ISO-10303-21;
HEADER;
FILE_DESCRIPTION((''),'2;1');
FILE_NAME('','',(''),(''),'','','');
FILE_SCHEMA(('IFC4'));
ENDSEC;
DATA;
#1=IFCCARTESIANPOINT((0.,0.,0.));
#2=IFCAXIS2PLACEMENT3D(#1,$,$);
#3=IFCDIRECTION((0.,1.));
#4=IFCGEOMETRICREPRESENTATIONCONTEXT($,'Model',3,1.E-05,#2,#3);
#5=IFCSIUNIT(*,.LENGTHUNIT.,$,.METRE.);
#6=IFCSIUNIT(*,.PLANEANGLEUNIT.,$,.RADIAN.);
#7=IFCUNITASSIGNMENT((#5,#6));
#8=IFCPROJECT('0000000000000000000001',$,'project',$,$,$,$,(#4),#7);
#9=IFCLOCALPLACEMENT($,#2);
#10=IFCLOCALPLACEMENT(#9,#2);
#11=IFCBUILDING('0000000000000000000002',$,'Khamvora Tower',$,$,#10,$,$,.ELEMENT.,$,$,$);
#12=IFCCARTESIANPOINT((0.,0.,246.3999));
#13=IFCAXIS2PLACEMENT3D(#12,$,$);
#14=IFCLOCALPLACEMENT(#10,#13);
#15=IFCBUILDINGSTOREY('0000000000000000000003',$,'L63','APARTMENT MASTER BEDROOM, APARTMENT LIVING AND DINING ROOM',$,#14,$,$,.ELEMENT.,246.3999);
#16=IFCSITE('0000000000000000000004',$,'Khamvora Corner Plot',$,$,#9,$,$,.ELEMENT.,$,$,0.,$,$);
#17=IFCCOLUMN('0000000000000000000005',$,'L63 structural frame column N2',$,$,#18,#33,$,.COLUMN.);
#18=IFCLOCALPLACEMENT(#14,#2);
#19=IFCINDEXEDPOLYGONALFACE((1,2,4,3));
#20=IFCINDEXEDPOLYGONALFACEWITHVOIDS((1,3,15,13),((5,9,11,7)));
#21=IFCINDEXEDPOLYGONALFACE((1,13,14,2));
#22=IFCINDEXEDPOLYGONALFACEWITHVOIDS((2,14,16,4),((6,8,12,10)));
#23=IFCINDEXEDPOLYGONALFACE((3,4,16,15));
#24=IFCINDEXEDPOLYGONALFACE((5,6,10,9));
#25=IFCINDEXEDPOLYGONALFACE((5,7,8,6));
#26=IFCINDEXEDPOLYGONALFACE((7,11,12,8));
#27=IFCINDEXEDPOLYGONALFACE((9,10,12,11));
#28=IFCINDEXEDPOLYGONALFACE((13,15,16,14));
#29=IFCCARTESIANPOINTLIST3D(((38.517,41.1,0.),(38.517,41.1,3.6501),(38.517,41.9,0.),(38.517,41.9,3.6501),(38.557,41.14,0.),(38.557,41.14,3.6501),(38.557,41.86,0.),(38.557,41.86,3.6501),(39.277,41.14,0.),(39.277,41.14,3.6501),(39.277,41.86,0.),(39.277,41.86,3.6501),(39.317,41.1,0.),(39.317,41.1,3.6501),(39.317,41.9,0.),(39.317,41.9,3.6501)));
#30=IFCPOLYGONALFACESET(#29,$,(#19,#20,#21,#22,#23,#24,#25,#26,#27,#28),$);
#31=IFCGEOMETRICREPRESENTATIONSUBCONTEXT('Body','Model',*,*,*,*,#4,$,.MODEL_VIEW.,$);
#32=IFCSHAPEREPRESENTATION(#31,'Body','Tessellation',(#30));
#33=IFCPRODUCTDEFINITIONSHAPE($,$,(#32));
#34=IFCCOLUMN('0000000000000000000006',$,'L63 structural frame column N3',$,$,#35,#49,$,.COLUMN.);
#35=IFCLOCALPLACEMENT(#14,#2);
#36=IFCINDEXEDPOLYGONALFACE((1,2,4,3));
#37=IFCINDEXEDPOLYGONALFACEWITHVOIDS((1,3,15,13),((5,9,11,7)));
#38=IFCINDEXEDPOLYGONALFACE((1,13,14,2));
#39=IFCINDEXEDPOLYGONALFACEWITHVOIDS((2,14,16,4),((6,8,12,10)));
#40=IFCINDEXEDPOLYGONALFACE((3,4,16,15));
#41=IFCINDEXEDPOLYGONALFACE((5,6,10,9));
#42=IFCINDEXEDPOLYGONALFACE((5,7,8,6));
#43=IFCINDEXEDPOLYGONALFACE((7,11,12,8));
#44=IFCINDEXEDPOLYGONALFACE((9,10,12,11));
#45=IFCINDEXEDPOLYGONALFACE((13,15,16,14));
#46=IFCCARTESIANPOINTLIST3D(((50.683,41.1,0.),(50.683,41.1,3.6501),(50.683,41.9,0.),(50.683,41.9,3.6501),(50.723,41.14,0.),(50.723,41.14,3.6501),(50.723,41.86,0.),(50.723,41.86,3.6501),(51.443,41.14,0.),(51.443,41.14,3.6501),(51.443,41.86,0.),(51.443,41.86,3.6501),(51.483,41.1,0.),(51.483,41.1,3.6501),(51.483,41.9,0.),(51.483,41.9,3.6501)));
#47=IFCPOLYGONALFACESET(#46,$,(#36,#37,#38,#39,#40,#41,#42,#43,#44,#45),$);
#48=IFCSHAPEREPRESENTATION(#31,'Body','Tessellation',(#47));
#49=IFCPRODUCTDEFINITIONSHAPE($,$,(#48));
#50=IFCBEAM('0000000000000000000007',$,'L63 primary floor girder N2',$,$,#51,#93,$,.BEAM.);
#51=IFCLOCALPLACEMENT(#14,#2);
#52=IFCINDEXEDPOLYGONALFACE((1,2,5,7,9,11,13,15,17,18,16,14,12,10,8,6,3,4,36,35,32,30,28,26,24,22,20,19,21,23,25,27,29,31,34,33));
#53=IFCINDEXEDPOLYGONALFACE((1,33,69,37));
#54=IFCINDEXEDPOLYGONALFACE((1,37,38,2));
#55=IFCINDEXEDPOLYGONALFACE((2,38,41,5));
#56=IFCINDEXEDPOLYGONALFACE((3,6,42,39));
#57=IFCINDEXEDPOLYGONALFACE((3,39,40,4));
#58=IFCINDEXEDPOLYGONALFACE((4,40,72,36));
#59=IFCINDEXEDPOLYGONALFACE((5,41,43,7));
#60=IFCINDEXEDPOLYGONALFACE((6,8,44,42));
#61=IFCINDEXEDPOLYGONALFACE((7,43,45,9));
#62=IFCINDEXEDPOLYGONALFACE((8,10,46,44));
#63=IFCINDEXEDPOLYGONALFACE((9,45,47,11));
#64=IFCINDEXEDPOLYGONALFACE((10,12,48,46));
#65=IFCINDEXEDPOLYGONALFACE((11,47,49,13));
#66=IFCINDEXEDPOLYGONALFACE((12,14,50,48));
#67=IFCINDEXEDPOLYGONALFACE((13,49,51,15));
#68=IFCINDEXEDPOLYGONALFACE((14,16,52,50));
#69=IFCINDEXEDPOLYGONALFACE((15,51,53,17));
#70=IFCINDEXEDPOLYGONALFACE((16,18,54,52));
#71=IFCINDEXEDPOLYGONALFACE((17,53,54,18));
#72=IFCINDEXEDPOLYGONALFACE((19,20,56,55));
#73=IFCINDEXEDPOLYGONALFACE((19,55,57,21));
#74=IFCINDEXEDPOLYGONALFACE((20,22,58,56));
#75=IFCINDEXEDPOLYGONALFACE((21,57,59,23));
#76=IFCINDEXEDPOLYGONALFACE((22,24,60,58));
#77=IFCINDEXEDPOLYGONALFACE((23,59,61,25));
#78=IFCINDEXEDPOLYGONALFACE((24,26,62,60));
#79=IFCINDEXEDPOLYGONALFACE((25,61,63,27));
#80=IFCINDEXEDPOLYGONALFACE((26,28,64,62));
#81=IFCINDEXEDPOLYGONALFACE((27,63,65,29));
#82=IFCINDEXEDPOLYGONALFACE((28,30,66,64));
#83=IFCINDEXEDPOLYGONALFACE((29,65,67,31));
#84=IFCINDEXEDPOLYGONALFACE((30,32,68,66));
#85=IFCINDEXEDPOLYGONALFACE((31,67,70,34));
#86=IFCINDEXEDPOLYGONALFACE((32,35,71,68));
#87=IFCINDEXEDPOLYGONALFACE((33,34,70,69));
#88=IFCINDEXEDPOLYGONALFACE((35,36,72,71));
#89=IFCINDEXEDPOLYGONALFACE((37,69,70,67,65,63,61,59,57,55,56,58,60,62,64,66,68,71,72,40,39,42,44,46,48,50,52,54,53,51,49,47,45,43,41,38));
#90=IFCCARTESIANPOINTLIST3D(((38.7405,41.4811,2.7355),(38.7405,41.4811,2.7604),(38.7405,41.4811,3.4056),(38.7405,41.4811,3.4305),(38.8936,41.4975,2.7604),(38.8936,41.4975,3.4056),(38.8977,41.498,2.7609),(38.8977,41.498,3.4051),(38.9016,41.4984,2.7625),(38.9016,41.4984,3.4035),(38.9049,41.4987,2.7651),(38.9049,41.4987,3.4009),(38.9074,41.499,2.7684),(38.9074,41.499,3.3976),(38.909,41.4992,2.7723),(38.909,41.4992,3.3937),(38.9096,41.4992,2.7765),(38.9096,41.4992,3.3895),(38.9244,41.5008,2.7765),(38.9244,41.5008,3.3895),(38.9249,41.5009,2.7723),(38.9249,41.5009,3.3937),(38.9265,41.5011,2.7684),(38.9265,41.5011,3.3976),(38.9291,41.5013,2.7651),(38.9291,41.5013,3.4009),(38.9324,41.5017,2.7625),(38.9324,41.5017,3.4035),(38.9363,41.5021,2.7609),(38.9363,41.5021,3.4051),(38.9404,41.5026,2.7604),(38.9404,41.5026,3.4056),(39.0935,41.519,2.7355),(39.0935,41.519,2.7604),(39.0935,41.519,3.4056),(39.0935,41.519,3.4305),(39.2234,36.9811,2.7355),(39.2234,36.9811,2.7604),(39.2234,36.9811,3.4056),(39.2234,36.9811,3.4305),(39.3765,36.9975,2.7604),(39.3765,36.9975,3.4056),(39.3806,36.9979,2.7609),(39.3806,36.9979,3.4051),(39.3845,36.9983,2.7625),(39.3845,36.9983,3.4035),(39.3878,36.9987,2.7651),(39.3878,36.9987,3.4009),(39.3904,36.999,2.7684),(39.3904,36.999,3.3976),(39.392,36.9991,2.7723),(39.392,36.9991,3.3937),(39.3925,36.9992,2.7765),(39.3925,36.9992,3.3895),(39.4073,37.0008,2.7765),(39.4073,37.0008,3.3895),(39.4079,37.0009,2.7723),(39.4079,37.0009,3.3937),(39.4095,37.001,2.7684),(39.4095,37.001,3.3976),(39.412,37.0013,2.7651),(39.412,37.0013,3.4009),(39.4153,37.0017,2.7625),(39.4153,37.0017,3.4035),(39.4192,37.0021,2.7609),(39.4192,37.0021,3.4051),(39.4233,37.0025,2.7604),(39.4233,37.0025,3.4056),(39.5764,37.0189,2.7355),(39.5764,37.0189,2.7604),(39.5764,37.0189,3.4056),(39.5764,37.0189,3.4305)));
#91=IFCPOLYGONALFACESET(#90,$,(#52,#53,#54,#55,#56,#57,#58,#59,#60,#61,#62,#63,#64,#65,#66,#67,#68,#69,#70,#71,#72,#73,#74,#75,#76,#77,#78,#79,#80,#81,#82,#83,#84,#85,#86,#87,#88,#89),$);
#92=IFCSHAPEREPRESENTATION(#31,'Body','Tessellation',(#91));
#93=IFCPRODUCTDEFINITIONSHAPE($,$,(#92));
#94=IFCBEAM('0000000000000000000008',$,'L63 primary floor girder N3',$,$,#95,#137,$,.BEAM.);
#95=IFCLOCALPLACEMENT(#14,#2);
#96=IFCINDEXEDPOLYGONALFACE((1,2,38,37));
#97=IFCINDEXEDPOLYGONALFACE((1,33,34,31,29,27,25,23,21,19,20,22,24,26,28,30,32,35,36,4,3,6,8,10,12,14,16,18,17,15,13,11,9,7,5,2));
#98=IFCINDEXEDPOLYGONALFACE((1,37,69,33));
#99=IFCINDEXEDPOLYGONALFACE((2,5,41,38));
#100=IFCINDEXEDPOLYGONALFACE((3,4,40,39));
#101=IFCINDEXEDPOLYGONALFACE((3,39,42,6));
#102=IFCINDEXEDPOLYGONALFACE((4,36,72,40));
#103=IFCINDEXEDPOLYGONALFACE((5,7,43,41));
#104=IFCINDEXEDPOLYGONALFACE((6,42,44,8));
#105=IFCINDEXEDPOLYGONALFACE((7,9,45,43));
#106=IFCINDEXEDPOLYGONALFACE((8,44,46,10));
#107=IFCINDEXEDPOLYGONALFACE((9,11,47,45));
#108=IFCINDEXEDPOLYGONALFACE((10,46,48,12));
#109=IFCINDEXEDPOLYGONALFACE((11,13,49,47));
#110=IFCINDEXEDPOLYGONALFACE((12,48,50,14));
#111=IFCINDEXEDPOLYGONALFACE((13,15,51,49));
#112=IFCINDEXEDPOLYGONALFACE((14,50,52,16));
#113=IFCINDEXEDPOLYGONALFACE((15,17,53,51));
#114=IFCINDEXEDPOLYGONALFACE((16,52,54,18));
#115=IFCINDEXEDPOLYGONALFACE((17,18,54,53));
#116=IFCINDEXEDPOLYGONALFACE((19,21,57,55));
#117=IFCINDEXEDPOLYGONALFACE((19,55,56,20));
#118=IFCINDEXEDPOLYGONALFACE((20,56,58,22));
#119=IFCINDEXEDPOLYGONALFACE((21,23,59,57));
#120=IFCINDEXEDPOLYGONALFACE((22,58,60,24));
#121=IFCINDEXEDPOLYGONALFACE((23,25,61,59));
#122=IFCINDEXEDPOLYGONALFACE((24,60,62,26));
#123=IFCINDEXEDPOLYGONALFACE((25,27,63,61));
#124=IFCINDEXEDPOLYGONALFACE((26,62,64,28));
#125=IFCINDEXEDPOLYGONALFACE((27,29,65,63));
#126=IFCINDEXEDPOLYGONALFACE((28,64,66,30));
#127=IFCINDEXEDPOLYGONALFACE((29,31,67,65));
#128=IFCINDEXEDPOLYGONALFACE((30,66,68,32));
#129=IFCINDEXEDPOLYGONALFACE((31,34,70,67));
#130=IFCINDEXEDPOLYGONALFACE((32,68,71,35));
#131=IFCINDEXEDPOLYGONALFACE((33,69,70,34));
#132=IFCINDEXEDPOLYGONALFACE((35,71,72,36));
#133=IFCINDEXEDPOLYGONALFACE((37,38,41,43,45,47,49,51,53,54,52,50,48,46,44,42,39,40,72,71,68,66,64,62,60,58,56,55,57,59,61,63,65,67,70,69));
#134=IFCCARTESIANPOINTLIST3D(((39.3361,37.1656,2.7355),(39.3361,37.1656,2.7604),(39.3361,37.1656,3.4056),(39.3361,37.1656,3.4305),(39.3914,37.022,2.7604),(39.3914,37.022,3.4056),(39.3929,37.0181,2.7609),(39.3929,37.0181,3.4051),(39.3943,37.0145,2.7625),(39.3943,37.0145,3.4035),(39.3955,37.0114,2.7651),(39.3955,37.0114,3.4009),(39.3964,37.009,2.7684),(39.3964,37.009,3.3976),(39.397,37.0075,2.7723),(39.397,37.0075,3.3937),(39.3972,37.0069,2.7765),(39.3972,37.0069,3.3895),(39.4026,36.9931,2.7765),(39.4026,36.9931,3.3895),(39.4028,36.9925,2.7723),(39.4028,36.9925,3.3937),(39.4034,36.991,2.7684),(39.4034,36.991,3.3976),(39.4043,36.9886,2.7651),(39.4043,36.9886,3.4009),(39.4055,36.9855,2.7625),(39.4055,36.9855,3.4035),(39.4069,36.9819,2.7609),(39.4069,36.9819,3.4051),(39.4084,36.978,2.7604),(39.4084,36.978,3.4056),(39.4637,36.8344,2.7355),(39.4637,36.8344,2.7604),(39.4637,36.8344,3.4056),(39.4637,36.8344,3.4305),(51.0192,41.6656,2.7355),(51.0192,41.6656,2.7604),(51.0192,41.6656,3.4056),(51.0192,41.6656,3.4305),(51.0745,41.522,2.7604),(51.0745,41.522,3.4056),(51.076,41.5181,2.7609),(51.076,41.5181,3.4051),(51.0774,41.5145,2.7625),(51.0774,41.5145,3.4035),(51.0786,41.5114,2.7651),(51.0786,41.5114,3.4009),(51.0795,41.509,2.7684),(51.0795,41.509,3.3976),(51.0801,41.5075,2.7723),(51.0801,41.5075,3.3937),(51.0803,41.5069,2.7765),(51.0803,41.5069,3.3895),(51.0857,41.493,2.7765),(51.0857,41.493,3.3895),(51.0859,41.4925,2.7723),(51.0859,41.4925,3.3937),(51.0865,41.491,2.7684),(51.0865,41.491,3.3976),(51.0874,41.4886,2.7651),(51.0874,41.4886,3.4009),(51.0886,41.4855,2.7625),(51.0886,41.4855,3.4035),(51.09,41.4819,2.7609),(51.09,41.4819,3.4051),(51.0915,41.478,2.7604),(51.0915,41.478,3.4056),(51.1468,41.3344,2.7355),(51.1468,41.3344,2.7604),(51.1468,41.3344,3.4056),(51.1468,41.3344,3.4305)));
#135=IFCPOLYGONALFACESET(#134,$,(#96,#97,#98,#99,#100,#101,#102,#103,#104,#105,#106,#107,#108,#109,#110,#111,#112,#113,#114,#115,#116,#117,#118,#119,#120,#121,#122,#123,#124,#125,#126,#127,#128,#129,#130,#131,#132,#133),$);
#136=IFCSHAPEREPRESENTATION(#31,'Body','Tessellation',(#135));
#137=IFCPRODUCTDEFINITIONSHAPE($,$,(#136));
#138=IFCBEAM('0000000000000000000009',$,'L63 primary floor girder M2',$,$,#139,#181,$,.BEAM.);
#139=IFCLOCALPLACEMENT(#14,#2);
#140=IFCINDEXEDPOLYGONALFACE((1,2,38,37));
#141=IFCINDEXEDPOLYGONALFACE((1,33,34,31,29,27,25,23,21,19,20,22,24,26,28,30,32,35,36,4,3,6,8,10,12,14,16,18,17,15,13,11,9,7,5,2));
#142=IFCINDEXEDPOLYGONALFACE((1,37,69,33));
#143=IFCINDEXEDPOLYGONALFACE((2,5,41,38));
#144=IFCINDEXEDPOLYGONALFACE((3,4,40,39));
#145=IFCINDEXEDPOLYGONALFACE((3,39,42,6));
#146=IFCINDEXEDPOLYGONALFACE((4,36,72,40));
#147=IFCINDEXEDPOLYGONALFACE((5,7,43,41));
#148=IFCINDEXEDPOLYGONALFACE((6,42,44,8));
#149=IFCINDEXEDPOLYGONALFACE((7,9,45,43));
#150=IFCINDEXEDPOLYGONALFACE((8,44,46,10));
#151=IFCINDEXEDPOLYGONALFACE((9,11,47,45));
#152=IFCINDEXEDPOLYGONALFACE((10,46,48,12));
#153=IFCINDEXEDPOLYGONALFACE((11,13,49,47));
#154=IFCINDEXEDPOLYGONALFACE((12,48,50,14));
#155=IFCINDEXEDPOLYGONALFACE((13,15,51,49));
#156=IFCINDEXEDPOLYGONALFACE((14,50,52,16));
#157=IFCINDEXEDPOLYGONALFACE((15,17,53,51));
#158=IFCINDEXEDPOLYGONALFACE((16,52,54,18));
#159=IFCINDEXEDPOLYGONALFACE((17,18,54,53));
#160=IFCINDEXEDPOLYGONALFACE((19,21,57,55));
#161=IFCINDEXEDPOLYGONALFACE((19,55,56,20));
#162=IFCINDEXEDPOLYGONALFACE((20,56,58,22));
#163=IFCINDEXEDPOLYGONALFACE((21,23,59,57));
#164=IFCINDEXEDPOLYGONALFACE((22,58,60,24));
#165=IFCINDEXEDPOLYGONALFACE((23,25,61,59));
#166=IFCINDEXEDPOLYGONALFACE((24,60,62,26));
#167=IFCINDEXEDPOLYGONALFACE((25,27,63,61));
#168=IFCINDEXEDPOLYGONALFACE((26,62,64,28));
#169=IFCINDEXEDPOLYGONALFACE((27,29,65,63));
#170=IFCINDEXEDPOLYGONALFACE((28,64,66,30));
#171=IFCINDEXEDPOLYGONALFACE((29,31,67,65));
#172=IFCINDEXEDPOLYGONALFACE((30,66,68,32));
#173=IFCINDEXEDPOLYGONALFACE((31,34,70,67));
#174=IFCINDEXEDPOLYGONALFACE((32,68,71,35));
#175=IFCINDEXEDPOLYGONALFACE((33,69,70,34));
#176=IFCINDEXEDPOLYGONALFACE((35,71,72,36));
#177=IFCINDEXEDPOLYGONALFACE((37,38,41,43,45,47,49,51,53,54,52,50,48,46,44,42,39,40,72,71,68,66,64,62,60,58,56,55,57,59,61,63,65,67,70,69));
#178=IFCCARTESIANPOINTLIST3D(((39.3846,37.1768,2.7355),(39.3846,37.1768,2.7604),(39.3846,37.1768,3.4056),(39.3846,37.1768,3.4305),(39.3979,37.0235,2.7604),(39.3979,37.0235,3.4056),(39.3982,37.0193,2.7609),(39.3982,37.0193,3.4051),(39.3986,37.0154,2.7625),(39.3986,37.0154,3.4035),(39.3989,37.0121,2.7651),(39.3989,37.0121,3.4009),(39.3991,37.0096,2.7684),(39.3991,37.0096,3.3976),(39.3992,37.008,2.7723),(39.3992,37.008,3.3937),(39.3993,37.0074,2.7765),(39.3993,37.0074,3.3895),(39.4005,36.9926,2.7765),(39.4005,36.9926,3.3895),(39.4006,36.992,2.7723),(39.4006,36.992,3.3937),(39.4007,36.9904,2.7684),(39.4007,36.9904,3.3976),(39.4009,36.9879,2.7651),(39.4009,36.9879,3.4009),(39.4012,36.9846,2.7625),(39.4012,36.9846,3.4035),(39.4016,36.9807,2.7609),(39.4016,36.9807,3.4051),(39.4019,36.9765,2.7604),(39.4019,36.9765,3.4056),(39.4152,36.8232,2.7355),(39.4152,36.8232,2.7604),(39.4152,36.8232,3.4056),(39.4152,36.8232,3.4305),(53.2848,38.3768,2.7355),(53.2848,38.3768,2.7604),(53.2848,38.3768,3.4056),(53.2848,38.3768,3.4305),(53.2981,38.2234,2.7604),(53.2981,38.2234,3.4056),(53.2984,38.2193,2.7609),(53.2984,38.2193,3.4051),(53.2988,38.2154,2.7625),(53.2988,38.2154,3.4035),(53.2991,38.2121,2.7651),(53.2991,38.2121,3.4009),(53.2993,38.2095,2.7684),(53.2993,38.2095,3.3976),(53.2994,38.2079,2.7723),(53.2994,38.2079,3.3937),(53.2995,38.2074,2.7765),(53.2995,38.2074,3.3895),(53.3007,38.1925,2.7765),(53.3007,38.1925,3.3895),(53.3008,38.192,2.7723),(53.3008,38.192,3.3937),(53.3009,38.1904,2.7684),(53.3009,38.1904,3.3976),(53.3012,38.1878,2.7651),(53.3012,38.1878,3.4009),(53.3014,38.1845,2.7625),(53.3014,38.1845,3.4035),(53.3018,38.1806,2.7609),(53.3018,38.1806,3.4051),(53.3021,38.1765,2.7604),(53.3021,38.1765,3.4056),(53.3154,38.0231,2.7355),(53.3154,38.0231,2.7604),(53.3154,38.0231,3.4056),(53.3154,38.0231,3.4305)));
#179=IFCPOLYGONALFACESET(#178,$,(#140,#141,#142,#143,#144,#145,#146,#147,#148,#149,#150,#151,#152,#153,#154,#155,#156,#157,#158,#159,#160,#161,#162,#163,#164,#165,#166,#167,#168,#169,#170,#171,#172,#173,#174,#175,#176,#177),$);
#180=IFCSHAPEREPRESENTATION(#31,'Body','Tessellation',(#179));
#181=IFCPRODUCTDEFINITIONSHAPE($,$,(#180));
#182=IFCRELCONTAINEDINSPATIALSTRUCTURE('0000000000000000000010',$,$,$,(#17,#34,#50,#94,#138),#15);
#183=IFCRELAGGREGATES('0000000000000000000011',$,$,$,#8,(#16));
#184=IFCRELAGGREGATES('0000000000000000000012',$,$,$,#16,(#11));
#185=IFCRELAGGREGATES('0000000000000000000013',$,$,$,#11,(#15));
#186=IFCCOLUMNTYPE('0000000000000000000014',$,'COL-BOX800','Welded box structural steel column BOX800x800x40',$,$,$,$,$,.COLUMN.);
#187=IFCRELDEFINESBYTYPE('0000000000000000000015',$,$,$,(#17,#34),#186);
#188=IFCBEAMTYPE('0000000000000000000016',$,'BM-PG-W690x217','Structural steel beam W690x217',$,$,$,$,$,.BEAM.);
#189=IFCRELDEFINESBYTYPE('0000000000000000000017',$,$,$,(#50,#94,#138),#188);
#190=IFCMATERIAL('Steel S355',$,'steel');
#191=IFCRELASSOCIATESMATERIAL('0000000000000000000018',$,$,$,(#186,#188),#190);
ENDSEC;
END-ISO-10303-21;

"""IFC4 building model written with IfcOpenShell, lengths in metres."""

from ifc_helpers import new_model, si_unit, direction, frame, origin, origin_2d, place, context, subcontext, project, spatial, hollow_rectangle, i_section, extrude, material, material_profile, profile_set, type_object, element, save


model = new_model("IFC4")

# Units and contexts
model_context = context("Model", 3, precision=1e-05, world=origin(), true_north=direction((0.0, 1.0)))
body_context = subcontext(model_context, "Body", "Model", "MODEL_VIEW")
ifc_project = project(units=[si_unit("LENGTHUNIT", "METRE"), si_unit("PLANEANGLEUNIT", "RADIAN")], contexts=[model_context])

# Site, building, storey
site_placement = place(None, origin())
site = spatial("IfcSite", under=ifc_project, at=site_placement, Name="Khamvora Corner Plot", CompositionType="ELEMENT", RefElevation=0.0)
building_placement = place(site_placement, origin())
building = spatial("IfcBuilding", under=site, at=building_placement, Name="Khamvora Tower", CompositionType="ELEMENT")
storey_placement = place(building_placement, frame((0.0, 0.0, 246.3999)))
storey = spatial("IfcBuildingStorey", under=building, at=storey_placement, Name="L63", Description="APARTMENT MASTER BEDROOM, APARTMENT LIVING AND DINING ROOM", CompositionType="ELEMENT", Elevation=246.3999)

# Columns
ifc_material_1 = material(Name="Steel S355", Category="steel")
ifc_material_profile_1 = material_profile(ifc_material_1, hollow_rectangle(XDim=0.8, YDim=0.8, WallThickness=0.04, at=origin_2d()), Name="BOX800x800x40")
ifc_profile_set_1 = profile_set([ifc_material_profile_1], Name="Steel S355")
column_type = type_object("IfcColumnType", Name="COL-BOX800", Description="Welded box structural steel column BOX800x800x40", PredefinedType="COLUMN", material=ifc_profile_set_1)
for number, where, z_axis, x_axis, name in (
    (1, (38.917, 41.5, 0.0), (0.0, 0.0, 1.0), (1.0, 0.0, 0.0), "L63 structural frame column N2"),
    (2, (51.083, 41.5, 0.0), (0.0, 0.0, 1.0), (1.0, 0.0, 0.0), "L63 structural frame column N3"),
):
    element("IfcColumn", number, at=place(storey_placement, frame(where, z_axis=z_axis, x_axis=x_axis)), inside=storey, type_object=column_type, Name=name, PredefinedType="COLUMN", context=body_context, shape_type="SweptSolid", body=[
        extrude(hollow_rectangle(XDim=0.8, YDim=0.8, WallThickness=0.04, at=origin_2d()), origin(), (0.0, 0.0, 1.0), 3.6501),
    ])

# Beams
ifc_material_profile_2 = material_profile(ifc_material_1, i_section(OverallWidth=0.355, OverallDepth=0.6951, WebThickness=0.0149, FlangeThickness=0.0249, FilletRadius=0.0161, at=origin_2d()), Name="W690x217")
ifc_profile_set_2 = profile_set([ifc_material_profile_2], Name="Steel S355")
beam_type_1 = type_object("IfcBeamType", Name="BM-PG-W690x217", Description="Structural steel beam W690x217", PredefinedType="BEAM", material=ifc_profile_set_2)
beam_1_placement = place(storey_placement, frame((39.3999, 37.0, 3.083), z_axis=(-0.106701, 0.994291, 0.0), x_axis=(-0.994291, -0.106701, 0.0)))
element("IfcBeam", 3, at=beam_1_placement, inside=storey, type_object=beam_type_1, Name="L63 primary floor girder N2", PredefinedType="BEAM", context=body_context, shape_type="SweptSolid", body=[
    extrude(i_section(OverallWidth=0.355, OverallDepth=0.6951, WebThickness=0.0149, FlangeThickness=0.0249, FilletRadius=0.0161, at=origin_2d()), origin(), (0.0, 0.0, 1.0), 4.5259),
])
beam_2_placement = place(storey_placement, frame((39.3999, 37.0, 3.083), z_axis=(0.933172, 0.359431, 0.0), x_axis=(-0.359431, 0.933172, 0.0)))
element("IfcBeam", 4, at=beam_2_placement, inside=storey, type_object=beam_type_1, Name="L63 primary floor girder N3", PredefinedType="BEAM", context=body_context, shape_type="SweptSolid", body=[
    extrude(i_section(OverallWidth=0.355, OverallDepth=0.6951, WebThickness=0.0149, FlangeThickness=0.0249, FilletRadius=0.0161, at=origin_2d()), origin(), (0.0, 0.0, 1.0), 12.5198),
])
beam_3_placement = place(storey_placement, frame((39.3999, 37.0, 3.083), z_axis=(0.996295, 0.086007, 0.0), x_axis=(-0.086007, 0.996295, 0.0)))
element("IfcBeam", 5, at=beam_3_placement, inside=storey, type_object=beam_type_1, Name="L63 primary floor girder M2", PredefinedType="BEAM", context=body_context, shape_type="SweptSolid", body=[
    extrude(i_section(OverallWidth=0.355, OverallDepth=0.6951, WebThickness=0.0149, FlangeThickness=0.0249, FilletRadius=0.0161, at=origin_2d()), origin(), (0.0, 0.0, 1.0), 13.9519),
])

save(model, "model.ifc")
